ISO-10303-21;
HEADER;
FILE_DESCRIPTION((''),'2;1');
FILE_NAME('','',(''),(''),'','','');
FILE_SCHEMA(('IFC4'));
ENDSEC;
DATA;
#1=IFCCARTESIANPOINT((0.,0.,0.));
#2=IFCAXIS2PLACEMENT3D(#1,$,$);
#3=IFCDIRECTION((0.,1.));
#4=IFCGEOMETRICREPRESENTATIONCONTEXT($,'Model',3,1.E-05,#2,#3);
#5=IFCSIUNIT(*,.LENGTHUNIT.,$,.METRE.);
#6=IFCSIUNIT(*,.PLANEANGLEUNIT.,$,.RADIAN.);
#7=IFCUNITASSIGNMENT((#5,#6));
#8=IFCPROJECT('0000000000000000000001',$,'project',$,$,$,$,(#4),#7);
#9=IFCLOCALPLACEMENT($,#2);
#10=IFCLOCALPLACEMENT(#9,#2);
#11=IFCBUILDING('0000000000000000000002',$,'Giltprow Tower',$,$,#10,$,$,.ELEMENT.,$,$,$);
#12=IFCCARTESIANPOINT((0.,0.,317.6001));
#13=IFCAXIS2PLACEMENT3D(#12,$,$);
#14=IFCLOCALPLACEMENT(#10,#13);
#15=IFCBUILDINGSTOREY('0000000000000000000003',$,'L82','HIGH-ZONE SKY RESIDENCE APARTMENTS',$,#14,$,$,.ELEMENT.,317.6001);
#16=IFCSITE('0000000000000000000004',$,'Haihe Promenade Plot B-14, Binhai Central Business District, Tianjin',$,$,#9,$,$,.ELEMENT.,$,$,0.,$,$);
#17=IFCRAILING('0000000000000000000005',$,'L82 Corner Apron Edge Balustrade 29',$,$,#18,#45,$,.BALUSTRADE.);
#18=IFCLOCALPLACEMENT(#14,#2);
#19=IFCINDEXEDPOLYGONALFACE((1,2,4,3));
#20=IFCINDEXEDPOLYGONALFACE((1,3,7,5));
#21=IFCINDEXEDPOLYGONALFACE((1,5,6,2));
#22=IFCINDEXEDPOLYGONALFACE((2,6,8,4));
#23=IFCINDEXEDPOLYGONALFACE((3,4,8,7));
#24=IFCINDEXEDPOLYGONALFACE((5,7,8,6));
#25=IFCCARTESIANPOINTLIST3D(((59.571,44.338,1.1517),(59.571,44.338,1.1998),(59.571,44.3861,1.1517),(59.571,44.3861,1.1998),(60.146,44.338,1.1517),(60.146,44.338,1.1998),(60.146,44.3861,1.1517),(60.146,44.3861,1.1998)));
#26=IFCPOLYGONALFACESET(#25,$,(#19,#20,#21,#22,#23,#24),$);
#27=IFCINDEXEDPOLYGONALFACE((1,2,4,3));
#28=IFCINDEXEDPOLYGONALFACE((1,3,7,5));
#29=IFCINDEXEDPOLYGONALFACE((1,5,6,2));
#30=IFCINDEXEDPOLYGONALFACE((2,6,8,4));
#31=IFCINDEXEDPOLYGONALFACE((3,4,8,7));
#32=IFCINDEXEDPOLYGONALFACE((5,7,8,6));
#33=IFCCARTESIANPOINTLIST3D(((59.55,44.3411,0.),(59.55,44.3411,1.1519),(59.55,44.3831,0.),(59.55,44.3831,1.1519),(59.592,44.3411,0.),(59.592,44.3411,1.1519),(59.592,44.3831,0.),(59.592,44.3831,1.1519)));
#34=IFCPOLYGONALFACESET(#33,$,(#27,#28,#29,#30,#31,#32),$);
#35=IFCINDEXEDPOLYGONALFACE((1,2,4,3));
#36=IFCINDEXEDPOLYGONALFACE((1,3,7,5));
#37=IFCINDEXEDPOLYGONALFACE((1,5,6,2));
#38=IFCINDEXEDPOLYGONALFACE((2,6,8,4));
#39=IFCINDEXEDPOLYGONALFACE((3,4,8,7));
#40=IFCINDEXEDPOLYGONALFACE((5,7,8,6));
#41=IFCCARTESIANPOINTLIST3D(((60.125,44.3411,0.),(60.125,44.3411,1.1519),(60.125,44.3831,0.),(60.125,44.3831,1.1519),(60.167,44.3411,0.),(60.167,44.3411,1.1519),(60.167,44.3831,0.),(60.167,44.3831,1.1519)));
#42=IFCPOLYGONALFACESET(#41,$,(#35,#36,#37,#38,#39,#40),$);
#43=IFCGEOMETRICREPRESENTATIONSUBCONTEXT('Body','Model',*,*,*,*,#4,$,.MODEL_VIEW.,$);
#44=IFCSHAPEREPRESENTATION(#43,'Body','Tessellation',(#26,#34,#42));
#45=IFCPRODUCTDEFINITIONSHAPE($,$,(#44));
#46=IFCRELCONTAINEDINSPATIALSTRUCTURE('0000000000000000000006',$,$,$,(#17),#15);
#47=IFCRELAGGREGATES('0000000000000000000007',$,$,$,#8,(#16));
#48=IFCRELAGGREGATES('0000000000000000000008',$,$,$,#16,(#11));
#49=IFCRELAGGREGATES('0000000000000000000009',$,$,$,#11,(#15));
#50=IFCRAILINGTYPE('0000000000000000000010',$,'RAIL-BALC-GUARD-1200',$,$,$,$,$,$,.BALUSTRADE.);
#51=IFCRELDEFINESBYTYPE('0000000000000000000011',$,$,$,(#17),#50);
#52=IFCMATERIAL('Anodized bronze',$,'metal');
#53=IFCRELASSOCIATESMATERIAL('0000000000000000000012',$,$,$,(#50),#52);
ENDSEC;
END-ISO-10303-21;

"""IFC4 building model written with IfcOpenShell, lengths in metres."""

from ifc_helpers import new_model, si_unit, direction, frame, origin, origin_2d, place, context, subcontext, project, spatial, rectangle, extrude, material, type_object, element, save


model = new_model("IFC4")

# Units and contexts
model_context = context("Model", 3, precision=1e-05, world=origin(), true_north=direction((0.0, 1.0)))
body_context = subcontext(model_context, "Body", "Model", "MODEL_VIEW")
ifc_project = project(units=[si_unit("LENGTHUNIT", "METRE"), si_unit("PLANEANGLEUNIT", "RADIAN")], contexts=[model_context])

# Site, building, storey
site_placement = place(None, origin())
site = spatial("IfcSite", under=ifc_project, at=site_placement, Name="Haihe Promenade Plot B-14, Binhai Central Business District, Tianjin", CompositionType="ELEMENT", RefElevation=0.0)
building_placement = place(site_placement, origin())
building = spatial("IfcBuilding", under=site, at=building_placement, Name="Giltprow Tower", CompositionType="ELEMENT")
storey_placement = place(building_placement, frame((0.0, 0.0, 317.6001)))
storey = spatial("IfcBuildingStorey", under=building, at=storey_placement, Name="L82", Description="HIGH-ZONE SKY RESIDENCE APARTMENTS", CompositionType="ELEMENT", Elevation=317.6001)

# Railing
ifc_material_1 = material(Name="Anodized bronze", Category="metal")
railing_type = type_object("IfcRailingType", Name="RAIL-BALC-GUARD-1200", PredefinedType="BALUSTRADE", material=ifc_material_1)
railing_1_placement = place(storey_placement, frame((59.571, 44.3621, 0.0)))
element("IfcRailing", 1, at=railing_1_placement, inside=storey, type_object=railing_type, Name="L82 Corner Apron Edge Balustrade 29", PredefinedType="BALUSTRADE", context=body_context, shape_type="SweptSolid", body=[
    extrude(rectangle(XDim=0.0481, YDim=0.0481, at=origin_2d()), frame((0.0, 0.0, 1.1758), z_axis=(1.0, 0.0, 0.0), x_axis=(0.0, 1.0, 0.0)), (0.0, 0.0, 1.0), 0.575),
    extrude(rectangle(XDim=0.042, YDim=0.042, at=origin_2d()), origin(), (0.0, 0.0, 1.0), 1.1519),
    extrude(rectangle(XDim=0.042, YDim=0.042, at=origin_2d()), frame((0.575, 0.0, 0.0)), (0.0, 0.0, 1.0), 1.1519),
])

save(model, "model.ifc")
